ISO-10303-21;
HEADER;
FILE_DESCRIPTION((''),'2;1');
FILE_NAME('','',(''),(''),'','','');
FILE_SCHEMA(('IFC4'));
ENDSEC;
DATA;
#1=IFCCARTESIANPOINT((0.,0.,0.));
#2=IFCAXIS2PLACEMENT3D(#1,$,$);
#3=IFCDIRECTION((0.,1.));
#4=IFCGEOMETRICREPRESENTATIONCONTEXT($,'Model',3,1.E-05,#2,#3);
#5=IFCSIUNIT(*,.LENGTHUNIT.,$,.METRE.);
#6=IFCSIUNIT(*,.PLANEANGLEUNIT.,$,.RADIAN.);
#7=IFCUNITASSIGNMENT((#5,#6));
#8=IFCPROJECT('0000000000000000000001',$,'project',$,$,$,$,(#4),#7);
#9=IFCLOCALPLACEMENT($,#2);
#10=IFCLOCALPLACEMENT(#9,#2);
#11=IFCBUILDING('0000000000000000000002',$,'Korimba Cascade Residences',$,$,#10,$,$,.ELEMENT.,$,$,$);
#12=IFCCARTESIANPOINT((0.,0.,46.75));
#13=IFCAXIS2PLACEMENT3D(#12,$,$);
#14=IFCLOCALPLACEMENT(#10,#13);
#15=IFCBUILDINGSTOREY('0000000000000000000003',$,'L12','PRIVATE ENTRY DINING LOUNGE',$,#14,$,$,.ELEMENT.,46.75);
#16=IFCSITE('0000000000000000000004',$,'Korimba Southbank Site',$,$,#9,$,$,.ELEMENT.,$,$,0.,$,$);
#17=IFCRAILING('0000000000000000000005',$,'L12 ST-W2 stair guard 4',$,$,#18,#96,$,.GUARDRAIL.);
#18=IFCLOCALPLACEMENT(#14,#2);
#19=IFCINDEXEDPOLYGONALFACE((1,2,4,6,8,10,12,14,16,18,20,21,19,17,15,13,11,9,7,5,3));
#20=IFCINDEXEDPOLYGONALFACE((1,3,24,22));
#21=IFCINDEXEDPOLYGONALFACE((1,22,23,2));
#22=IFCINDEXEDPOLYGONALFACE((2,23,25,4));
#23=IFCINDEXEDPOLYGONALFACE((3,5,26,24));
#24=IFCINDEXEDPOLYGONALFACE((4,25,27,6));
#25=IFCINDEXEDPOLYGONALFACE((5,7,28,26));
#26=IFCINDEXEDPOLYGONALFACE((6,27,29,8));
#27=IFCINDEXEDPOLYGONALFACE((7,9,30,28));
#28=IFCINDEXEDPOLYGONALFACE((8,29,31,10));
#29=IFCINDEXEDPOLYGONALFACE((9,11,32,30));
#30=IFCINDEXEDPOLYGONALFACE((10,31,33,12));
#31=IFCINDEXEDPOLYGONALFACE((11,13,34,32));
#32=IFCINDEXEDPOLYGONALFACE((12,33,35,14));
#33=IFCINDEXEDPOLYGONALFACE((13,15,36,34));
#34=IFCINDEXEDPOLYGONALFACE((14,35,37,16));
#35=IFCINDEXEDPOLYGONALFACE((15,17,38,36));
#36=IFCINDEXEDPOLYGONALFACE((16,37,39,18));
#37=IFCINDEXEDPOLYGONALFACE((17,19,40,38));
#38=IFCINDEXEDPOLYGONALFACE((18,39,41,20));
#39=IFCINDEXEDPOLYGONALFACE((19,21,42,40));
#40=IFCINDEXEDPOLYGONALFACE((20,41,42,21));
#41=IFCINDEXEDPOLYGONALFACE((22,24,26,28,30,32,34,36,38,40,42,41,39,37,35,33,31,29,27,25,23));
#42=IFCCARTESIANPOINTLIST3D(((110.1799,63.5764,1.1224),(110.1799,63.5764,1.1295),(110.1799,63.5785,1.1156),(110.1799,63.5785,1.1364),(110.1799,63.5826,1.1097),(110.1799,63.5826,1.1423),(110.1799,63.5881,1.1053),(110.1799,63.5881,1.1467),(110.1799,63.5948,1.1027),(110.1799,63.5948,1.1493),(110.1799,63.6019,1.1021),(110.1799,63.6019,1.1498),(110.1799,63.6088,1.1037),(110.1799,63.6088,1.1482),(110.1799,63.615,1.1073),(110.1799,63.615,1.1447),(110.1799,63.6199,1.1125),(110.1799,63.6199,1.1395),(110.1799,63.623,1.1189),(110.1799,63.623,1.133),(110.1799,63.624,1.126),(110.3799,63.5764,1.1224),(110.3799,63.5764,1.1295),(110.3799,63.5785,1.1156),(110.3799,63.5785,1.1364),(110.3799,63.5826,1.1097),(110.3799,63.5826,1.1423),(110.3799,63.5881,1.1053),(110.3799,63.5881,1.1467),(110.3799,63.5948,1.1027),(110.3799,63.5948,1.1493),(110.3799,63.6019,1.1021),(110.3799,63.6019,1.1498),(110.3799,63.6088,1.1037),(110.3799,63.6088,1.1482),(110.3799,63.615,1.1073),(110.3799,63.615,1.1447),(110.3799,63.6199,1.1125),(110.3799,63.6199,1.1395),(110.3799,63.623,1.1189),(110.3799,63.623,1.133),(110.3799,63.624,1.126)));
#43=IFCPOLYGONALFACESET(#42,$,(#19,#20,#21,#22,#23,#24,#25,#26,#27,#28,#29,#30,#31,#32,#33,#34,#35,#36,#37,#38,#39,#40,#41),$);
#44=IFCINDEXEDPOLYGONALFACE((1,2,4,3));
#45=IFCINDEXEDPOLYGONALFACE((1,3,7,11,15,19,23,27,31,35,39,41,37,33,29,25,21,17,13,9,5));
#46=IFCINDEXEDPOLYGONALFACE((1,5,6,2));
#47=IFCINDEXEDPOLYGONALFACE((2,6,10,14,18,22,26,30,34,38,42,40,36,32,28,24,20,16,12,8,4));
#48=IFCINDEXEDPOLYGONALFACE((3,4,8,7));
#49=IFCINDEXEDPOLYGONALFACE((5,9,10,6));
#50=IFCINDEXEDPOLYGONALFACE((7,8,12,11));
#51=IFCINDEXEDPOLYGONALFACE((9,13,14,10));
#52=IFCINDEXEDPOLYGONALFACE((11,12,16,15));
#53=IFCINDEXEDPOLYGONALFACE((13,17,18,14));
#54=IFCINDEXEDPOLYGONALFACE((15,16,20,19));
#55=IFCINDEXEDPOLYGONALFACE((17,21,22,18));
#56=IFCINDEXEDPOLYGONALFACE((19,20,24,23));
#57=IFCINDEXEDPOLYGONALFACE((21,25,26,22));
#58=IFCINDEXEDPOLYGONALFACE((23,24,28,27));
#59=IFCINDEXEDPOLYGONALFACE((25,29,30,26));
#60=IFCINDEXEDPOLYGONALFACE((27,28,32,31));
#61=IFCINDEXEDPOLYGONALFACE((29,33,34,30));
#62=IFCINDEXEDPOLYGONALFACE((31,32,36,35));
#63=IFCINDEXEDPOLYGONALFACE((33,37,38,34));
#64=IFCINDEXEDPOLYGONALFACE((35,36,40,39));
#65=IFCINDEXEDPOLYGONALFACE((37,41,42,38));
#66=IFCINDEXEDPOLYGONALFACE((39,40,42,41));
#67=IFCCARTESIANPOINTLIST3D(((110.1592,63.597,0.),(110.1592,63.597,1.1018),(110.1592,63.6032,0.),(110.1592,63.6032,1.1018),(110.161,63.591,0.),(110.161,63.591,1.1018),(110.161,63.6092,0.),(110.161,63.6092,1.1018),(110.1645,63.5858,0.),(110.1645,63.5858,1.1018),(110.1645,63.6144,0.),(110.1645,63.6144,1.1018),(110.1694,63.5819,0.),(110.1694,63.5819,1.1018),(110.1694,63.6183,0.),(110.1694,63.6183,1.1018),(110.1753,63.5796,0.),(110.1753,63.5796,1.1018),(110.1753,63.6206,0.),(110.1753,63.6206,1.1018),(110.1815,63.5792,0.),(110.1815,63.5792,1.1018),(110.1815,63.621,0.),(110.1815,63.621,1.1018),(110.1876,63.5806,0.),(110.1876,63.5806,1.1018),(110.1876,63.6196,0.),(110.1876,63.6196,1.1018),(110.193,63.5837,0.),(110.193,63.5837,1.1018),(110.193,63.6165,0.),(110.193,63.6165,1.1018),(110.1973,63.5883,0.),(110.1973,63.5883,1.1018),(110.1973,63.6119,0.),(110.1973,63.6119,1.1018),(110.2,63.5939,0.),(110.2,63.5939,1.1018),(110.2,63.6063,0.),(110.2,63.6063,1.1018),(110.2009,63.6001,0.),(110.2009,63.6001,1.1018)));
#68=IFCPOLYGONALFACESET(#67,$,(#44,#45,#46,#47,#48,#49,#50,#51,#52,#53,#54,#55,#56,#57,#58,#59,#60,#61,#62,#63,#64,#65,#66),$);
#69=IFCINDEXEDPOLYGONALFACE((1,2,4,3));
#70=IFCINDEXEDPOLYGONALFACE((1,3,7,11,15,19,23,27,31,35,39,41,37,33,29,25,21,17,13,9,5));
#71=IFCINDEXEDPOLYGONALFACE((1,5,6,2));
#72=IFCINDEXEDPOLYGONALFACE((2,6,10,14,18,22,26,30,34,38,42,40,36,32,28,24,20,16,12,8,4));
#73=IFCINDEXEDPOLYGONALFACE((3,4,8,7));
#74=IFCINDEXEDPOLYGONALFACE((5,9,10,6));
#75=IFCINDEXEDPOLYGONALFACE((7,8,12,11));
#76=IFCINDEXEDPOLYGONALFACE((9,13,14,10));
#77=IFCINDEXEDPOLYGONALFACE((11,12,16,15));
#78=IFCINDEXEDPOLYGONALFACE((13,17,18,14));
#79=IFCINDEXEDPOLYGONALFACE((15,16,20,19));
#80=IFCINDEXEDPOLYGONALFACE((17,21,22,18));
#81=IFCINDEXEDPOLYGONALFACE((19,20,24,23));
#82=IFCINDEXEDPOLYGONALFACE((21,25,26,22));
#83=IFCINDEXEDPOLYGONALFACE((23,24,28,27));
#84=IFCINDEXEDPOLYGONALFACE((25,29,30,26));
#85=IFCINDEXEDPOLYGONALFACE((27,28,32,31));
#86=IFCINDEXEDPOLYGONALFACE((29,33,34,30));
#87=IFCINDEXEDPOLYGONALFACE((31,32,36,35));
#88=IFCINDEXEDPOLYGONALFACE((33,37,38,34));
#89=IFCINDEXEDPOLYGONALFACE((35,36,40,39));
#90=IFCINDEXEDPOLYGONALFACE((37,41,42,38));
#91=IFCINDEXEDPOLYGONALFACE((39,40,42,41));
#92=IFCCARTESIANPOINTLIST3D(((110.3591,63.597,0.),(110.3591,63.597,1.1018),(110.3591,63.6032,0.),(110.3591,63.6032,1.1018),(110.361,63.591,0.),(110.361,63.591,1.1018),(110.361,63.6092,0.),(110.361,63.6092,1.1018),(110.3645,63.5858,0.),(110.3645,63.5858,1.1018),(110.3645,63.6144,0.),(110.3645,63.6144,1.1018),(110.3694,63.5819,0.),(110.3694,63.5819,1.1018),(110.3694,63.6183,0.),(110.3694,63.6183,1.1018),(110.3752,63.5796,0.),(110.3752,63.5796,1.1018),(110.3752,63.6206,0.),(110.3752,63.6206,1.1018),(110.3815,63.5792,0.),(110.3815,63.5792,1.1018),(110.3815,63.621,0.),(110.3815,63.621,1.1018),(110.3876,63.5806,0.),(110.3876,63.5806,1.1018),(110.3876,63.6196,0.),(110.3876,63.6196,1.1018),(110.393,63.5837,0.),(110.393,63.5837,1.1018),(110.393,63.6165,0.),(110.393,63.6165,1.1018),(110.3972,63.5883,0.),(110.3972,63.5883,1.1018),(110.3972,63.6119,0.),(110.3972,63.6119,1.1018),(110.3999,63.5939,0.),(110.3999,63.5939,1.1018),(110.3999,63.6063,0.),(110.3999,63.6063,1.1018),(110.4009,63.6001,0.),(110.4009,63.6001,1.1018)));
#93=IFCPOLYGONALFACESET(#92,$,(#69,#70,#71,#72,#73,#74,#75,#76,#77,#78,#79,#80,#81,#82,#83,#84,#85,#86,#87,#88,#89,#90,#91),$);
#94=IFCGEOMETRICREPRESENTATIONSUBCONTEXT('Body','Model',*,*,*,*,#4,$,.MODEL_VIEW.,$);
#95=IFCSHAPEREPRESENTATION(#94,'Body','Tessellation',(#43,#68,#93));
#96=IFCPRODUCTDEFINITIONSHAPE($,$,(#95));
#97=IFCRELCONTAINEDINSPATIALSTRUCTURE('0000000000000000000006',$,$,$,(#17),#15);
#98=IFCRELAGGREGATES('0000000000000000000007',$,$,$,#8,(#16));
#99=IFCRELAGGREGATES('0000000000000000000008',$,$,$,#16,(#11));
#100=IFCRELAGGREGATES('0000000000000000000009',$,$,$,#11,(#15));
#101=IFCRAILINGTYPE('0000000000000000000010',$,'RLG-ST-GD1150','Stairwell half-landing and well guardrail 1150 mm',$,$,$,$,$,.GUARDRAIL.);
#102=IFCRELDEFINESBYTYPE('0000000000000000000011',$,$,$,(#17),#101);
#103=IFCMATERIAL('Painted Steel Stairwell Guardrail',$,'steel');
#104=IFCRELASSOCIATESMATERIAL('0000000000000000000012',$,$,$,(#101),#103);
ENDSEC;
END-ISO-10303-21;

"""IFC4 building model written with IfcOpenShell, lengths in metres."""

from ifc_helpers import new_model, si_unit, direction, frame, origin, origin_2d, place, context, subcontext, project, spatial, circle, extrude, material, type_object, element, save


model = new_model("IFC4")

# Units and contexts
model_context = context("Model", 3, precision=1e-05, world=origin(), true_north=direction((0.0, 1.0)))
body_context = subcontext(model_context, "Body", "Model", "MODEL_VIEW")
ifc_project = project(units=[si_unit("LENGTHUNIT", "METRE"), si_unit("PLANEANGLEUNIT", "RADIAN")], contexts=[model_context])

# Site, building, storey
site_placement = place(None, origin())
site = spatial("IfcSite", under=ifc_project, at=site_placement, Name="Korimba Southbank Site", CompositionType="ELEMENT", RefElevation=0.0)
building_placement = place(site_placement, origin())
building = spatial("IfcBuilding", under=site, at=building_placement, Name="Korimba Cascade Residences", CompositionType="ELEMENT")
storey_placement = place(building_placement, frame((0.0, 0.0, 46.75)))
storey = spatial("IfcBuildingStorey", under=building, at=storey_placement, Name="L12", Description="PRIVATE ENTRY DINING LOUNGE", CompositionType="ELEMENT", Elevation=46.75)

# Railing
ifc_material_1 = material(Name="Painted Steel Stairwell Guardrail", Category="steel")
railing_type_1 = type_object("IfcRailingType", Name="RLG-ST-GD1150", Description="Stairwell half-landing and well guardrail 1150 mm", PredefinedType="GUARDRAIL", material=ifc_material_1)
railing_1_placement = place(storey_placement, frame((110.1799, 63.6001, 0.0)))
element("IfcRailing", 1, at=railing_1_placement, inside=storey, type_object=railing_type_1, Name="L12 ST-W2 stair guard 4", PredefinedType="GUARDRAIL", context=body_context, shape_type="SweptSolid", body=[
    extrude(circle(Radius=0.0239, at=origin_2d()), frame((0.0, 0.0, 1.126), z_axis=(1.0, 0.0, 0.0), x_axis=(0.0, 1.0, 0.0)), (0.0, 0.0, 1.0), 0.2),
    extrude(circle(Radius=0.021, at=origin_2d()), origin(), (0.0, 0.0, 1.0), 1.1018),
    extrude(circle(Radius=0.021, at=origin_2d()), frame((0.2, 0.0, 0.0)), (0.0, 0.0, 1.0), 1.1018),
])

save(model, "model.ifc")
